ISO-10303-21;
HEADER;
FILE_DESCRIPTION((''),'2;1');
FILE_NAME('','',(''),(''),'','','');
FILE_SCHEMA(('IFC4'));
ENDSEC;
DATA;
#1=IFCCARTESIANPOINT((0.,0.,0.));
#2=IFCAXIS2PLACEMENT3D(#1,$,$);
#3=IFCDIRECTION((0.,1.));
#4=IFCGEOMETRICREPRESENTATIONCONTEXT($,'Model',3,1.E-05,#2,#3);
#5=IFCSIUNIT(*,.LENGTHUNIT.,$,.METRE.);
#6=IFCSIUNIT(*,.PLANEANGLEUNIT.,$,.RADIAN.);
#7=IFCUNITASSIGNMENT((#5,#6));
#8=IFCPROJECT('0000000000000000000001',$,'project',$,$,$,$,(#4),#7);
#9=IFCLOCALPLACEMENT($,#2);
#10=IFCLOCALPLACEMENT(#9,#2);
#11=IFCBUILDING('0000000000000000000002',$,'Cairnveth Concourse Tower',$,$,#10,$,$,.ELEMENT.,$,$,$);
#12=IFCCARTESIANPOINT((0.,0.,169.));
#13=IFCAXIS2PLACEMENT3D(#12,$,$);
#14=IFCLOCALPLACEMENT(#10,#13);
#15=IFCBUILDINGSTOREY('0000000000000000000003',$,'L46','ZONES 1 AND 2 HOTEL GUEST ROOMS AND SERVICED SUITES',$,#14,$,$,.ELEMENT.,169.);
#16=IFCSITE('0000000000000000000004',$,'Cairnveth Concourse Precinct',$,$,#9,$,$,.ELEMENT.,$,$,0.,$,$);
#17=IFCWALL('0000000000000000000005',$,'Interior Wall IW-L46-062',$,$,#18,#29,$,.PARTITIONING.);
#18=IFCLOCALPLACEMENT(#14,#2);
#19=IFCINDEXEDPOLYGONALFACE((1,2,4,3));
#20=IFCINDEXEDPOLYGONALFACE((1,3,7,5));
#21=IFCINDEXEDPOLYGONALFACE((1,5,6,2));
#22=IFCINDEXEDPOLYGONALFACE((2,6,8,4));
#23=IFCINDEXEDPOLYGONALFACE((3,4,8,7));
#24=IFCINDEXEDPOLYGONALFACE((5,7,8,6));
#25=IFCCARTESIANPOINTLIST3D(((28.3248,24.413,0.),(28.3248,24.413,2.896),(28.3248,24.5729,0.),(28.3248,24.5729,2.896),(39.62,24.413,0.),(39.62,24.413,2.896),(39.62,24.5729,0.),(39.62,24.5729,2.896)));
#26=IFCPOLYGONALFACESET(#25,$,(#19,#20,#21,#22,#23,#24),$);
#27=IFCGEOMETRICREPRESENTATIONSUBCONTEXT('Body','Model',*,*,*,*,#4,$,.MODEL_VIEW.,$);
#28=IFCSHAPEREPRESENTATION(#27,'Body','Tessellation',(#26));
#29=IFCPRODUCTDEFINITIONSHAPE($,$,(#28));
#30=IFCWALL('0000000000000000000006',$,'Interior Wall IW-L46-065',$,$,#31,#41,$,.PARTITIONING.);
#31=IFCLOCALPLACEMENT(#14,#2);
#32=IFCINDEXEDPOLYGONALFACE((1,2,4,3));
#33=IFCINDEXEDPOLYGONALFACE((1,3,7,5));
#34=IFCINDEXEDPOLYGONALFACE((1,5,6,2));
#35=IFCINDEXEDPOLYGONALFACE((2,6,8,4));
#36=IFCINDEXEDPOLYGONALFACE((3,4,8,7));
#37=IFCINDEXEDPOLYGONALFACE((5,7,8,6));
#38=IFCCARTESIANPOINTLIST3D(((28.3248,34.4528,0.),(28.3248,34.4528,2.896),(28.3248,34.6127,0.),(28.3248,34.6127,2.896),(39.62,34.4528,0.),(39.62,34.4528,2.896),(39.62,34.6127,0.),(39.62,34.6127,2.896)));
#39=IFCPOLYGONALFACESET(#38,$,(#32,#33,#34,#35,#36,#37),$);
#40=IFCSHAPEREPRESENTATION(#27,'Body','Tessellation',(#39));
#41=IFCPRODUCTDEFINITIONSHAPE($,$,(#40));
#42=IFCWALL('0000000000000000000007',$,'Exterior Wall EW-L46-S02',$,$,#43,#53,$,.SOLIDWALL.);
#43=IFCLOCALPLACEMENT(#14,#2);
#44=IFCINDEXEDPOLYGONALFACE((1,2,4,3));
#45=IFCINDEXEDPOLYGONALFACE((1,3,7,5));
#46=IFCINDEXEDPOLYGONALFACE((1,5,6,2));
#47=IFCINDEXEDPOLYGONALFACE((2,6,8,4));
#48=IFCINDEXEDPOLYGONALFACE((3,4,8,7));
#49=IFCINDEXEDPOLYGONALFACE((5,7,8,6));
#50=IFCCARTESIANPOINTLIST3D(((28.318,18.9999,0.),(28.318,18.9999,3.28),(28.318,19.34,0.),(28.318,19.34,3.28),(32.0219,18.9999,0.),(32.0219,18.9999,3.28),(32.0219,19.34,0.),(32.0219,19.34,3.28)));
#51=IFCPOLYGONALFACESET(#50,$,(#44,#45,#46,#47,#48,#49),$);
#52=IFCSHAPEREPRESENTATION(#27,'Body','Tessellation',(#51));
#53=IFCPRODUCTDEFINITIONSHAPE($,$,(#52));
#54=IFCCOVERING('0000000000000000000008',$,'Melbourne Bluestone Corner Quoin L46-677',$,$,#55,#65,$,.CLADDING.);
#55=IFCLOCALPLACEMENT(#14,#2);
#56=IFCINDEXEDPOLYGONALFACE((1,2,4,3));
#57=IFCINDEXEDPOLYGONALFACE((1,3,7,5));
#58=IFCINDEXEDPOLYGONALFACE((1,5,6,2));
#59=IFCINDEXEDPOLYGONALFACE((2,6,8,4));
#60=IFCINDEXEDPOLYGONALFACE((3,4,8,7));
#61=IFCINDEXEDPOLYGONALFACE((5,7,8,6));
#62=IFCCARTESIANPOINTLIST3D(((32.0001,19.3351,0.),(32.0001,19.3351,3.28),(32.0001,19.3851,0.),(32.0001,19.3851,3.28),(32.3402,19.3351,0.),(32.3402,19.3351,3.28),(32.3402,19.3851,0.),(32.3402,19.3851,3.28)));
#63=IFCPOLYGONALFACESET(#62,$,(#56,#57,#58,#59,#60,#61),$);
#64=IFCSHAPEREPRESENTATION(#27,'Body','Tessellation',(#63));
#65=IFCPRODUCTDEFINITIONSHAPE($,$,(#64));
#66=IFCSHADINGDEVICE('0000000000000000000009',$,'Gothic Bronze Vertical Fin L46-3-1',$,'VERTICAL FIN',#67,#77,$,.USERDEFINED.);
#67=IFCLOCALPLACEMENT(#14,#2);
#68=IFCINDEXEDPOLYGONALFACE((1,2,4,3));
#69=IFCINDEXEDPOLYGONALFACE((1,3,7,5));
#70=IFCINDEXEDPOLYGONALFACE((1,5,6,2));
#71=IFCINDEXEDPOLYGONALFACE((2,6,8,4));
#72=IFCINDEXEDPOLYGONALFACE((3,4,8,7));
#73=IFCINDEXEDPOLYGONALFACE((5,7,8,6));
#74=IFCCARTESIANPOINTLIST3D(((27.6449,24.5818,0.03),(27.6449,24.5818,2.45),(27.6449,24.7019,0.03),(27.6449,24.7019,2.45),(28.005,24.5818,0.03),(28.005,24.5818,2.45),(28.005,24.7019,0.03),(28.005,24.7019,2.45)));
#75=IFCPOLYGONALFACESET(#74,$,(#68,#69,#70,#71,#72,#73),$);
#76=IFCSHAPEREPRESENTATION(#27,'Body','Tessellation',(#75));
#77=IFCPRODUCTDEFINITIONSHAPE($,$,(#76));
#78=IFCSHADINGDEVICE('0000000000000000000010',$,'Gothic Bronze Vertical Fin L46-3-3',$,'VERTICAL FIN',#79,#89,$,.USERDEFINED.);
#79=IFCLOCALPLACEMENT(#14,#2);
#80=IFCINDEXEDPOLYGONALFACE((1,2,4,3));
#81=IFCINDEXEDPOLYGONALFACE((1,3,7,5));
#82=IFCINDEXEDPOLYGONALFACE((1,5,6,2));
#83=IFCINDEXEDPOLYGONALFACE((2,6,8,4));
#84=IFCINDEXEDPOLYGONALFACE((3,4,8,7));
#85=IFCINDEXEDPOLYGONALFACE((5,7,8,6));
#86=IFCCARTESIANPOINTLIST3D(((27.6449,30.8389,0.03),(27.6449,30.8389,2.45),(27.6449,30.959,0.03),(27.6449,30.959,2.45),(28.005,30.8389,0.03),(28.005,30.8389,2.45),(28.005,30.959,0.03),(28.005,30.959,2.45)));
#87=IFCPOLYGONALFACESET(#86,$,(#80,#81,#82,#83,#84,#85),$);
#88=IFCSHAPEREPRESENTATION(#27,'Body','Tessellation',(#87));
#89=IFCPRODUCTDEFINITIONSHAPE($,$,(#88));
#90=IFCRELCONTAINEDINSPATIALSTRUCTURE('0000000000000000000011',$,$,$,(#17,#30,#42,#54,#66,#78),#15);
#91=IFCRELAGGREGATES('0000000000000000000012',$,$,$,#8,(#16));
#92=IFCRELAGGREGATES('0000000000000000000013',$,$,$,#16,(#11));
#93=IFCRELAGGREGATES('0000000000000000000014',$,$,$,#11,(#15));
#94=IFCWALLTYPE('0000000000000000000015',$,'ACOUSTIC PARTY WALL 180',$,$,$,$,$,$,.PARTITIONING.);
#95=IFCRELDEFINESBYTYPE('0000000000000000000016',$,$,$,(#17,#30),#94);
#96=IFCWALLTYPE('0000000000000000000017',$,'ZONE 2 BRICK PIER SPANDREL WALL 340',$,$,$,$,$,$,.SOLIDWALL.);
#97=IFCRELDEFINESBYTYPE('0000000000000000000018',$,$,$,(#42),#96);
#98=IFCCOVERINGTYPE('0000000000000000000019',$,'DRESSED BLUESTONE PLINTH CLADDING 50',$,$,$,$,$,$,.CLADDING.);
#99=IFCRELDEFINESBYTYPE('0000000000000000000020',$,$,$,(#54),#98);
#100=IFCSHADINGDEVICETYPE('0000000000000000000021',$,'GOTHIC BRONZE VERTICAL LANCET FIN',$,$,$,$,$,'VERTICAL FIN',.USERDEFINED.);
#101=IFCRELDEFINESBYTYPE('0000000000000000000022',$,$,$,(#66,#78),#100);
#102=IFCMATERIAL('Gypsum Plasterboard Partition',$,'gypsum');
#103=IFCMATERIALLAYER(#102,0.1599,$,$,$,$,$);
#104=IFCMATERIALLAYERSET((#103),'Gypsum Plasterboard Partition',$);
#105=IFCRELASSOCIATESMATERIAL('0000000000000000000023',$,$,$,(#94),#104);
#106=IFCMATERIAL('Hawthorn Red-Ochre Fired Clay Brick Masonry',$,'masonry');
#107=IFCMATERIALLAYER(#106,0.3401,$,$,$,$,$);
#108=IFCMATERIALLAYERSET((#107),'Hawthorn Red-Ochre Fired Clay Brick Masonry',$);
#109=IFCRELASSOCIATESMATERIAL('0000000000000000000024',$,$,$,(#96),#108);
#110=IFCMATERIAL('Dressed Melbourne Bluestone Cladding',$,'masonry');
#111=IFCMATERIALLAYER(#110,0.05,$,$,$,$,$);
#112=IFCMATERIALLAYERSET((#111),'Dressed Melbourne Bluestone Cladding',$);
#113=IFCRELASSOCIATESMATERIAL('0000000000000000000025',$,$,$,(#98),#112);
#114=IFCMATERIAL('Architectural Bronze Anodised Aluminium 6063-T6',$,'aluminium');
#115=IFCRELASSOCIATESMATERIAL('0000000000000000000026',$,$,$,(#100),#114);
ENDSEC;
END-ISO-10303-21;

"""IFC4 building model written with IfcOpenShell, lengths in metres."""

from ifc_helpers import new_model, si_unit, direction, frame, frame_2d, origin, origin_2d, place, context, subcontext, project, spatial, rectangle, extrude, material, layer, layer_set, type_object, element, save


model = new_model("IFC4")

# Units and contexts
model_context = context("Model", 3, precision=1e-05, world=origin(), true_north=direction((0.0, 1.0)))
body_context = subcontext(model_context, "Body", "Model", "MODEL_VIEW")
ifc_project = project(units=[si_unit("LENGTHUNIT", "METRE"), si_unit("PLANEANGLEUNIT", "RADIAN")], contexts=[model_context])

# Site, building, storey
site_placement = place(None, origin())
site = spatial("IfcSite", under=ifc_project, at=site_placement, Name="Cairnveth Concourse Precinct", CompositionType="ELEMENT", RefElevation=0.0)
building_placement = place(site_placement, origin())
building = spatial("IfcBuilding", under=site, at=building_placement, Name="Cairnveth Concourse Tower", CompositionType="ELEMENT")
storey_placement = place(building_placement, frame((0.0, 0.0, 169.0)))
storey = spatial("IfcBuildingStorey", under=building, at=storey_placement, Name="L46", Description="ZONES 1 AND 2 HOTEL GUEST ROOMS AND SERVICED SUITES", CompositionType="ELEMENT", Elevation=169.0)

# Walls
ifc_material_1 = material(Name="Gypsum Plasterboard Partition", Category="gypsum")
ifc_layer_1 = layer(ifc_material_1, 0.1599)
ifc_layer_set_1 = layer_set([ifc_layer_1], Name="Gypsum Plasterboard Partition")
wall_type_1 = type_object("IfcWallType", Name="ACOUSTIC PARTY WALL 180", PredefinedType="PARTITIONING", material=ifc_layer_set_1)
for number, where, z_axis, x_axis, name in (
    (1, (28.325, 24.4929, 0.0), (0.0, 0.0, 1.0), (1.0, 0.0, 0.0), "Interior Wall IW-L46-062"),
    (2, (28.325, 34.5327, 0.0), (0.0, 0.0, 1.0), (1.0, 0.0, 0.0), "Interior Wall IW-L46-065"),
):
    element("IfcWall", number, at=place(storey_placement, frame(where, z_axis=z_axis, x_axis=x_axis)), inside=storey, type_object=wall_type_1, Name=name, PredefinedType="PARTITIONING", context=body_context, shape_type="SweptSolid", body=[
        extrude(rectangle(XDim=11.2952, YDim=0.1599, at=frame_2d((5.6475, 0.0))), origin(), (0.0, 0.0, 1.0), 2.896),
    ])
ifc_material_2 = material(Name="Hawthorn Red-Ochre Fired Clay Brick Masonry", Category="masonry")
ifc_layer_2 = layer(ifc_material_2, 0.3401)
ifc_layer_set_2 = layer_set([ifc_layer_2], Name="Hawthorn Red-Ochre Fired Clay Brick Masonry")
wall_type_2 = type_object("IfcWallType", Name="ZONE 2 BRICK PIER SPANDREL WALL 340", PredefinedType="SOLIDWALL", material=ifc_layer_set_2)
wall_placement = place(storey_placement, frame((32.022, 19.1699, 0.0), z_axis=(0.0, 0.0, 1.0), x_axis=(-1.0, 0.0, 0.0)))
element("IfcWall", 3, at=wall_placement, inside=storey, type_object=wall_type_2, Name="Exterior Wall EW-L46-S02", PredefinedType="SOLIDWALL", context=body_context, shape_type="SweptSolid", body=[
    extrude(rectangle(XDim=3.7039, YDim=0.3401, at=frame_2d((1.8521, 0.0))), origin(), (0.0, 0.0, 1.0), 3.28),
])

# Covering
ifc_material_3 = material(Name="Dressed Melbourne Bluestone Cladding", Category="masonry")
ifc_layer_3 = layer(ifc_material_3, 0.05)
ifc_layer_set_3 = layer_set([ifc_layer_3], Name="Dressed Melbourne Bluestone Cladding")
covering_type = type_object("IfcCoveringType", Name="DRESSED BLUESTONE PLINTH CLADDING 50", PredefinedType="CLADDING", material=ifc_layer_set_3)
covering_placement = place(storey_placement, frame((32.3401, 19.3601, 0.0), z_axis=(0.0, 0.0, 1.0), x_axis=(-1.0, 0.0, 0.0)))
element("IfcCovering", 4, at=covering_placement, inside=storey, type_object=covering_type, Name="Melbourne Bluestone Corner Quoin L46-677", PredefinedType="CLADDING", context=body_context, shape_type="SweptSolid", body=[
    extrude(rectangle(XDim=0.3401, YDim=0.05, at=frame_2d((0.1699, 0.0))), origin(), (0.0, 0.0, 1.0), 3.28),
])

# Shading devices
ifc_material_4 = material(Name="Architectural Bronze Anodised Aluminium 6063-T6", Category="aluminium")
shading_device_type = type_object("IfcShadingDeviceType", Name="GOTHIC BRONZE VERTICAL LANCET FIN", ElementType="VERTICAL FIN", PredefinedType="USERDEFINED", material=ifc_material_4)
for number, where, z_axis, x_axis, name in (
    (5, (27.825, 24.6418, 0.03), (0.0, 0.0, 1.0), (0.0, 1.0, 0.0), "Gothic Bronze Vertical Fin L46-3-1"),
    (6, (27.825, 30.8989, 0.03), (0.0, 0.0, 1.0), (0.0, 1.0, 0.0), "Gothic Bronze Vertical Fin L46-3-3"),
):
    element("IfcShadingDevice", number, at=place(storey_placement, frame(where, z_axis=z_axis, x_axis=x_axis)), inside=storey, type_object=shading_device_type, Name=name, ObjectType="VERTICAL FIN", PredefinedType="USERDEFINED", context=body_context, shape_type="SweptSolid", body=[
        extrude(rectangle(XDim=0.1201, YDim=0.3601, at=origin_2d()), origin(), (0.0, 0.0, 1.0), 2.4199),
    ])

save(model, "model.ifc")
